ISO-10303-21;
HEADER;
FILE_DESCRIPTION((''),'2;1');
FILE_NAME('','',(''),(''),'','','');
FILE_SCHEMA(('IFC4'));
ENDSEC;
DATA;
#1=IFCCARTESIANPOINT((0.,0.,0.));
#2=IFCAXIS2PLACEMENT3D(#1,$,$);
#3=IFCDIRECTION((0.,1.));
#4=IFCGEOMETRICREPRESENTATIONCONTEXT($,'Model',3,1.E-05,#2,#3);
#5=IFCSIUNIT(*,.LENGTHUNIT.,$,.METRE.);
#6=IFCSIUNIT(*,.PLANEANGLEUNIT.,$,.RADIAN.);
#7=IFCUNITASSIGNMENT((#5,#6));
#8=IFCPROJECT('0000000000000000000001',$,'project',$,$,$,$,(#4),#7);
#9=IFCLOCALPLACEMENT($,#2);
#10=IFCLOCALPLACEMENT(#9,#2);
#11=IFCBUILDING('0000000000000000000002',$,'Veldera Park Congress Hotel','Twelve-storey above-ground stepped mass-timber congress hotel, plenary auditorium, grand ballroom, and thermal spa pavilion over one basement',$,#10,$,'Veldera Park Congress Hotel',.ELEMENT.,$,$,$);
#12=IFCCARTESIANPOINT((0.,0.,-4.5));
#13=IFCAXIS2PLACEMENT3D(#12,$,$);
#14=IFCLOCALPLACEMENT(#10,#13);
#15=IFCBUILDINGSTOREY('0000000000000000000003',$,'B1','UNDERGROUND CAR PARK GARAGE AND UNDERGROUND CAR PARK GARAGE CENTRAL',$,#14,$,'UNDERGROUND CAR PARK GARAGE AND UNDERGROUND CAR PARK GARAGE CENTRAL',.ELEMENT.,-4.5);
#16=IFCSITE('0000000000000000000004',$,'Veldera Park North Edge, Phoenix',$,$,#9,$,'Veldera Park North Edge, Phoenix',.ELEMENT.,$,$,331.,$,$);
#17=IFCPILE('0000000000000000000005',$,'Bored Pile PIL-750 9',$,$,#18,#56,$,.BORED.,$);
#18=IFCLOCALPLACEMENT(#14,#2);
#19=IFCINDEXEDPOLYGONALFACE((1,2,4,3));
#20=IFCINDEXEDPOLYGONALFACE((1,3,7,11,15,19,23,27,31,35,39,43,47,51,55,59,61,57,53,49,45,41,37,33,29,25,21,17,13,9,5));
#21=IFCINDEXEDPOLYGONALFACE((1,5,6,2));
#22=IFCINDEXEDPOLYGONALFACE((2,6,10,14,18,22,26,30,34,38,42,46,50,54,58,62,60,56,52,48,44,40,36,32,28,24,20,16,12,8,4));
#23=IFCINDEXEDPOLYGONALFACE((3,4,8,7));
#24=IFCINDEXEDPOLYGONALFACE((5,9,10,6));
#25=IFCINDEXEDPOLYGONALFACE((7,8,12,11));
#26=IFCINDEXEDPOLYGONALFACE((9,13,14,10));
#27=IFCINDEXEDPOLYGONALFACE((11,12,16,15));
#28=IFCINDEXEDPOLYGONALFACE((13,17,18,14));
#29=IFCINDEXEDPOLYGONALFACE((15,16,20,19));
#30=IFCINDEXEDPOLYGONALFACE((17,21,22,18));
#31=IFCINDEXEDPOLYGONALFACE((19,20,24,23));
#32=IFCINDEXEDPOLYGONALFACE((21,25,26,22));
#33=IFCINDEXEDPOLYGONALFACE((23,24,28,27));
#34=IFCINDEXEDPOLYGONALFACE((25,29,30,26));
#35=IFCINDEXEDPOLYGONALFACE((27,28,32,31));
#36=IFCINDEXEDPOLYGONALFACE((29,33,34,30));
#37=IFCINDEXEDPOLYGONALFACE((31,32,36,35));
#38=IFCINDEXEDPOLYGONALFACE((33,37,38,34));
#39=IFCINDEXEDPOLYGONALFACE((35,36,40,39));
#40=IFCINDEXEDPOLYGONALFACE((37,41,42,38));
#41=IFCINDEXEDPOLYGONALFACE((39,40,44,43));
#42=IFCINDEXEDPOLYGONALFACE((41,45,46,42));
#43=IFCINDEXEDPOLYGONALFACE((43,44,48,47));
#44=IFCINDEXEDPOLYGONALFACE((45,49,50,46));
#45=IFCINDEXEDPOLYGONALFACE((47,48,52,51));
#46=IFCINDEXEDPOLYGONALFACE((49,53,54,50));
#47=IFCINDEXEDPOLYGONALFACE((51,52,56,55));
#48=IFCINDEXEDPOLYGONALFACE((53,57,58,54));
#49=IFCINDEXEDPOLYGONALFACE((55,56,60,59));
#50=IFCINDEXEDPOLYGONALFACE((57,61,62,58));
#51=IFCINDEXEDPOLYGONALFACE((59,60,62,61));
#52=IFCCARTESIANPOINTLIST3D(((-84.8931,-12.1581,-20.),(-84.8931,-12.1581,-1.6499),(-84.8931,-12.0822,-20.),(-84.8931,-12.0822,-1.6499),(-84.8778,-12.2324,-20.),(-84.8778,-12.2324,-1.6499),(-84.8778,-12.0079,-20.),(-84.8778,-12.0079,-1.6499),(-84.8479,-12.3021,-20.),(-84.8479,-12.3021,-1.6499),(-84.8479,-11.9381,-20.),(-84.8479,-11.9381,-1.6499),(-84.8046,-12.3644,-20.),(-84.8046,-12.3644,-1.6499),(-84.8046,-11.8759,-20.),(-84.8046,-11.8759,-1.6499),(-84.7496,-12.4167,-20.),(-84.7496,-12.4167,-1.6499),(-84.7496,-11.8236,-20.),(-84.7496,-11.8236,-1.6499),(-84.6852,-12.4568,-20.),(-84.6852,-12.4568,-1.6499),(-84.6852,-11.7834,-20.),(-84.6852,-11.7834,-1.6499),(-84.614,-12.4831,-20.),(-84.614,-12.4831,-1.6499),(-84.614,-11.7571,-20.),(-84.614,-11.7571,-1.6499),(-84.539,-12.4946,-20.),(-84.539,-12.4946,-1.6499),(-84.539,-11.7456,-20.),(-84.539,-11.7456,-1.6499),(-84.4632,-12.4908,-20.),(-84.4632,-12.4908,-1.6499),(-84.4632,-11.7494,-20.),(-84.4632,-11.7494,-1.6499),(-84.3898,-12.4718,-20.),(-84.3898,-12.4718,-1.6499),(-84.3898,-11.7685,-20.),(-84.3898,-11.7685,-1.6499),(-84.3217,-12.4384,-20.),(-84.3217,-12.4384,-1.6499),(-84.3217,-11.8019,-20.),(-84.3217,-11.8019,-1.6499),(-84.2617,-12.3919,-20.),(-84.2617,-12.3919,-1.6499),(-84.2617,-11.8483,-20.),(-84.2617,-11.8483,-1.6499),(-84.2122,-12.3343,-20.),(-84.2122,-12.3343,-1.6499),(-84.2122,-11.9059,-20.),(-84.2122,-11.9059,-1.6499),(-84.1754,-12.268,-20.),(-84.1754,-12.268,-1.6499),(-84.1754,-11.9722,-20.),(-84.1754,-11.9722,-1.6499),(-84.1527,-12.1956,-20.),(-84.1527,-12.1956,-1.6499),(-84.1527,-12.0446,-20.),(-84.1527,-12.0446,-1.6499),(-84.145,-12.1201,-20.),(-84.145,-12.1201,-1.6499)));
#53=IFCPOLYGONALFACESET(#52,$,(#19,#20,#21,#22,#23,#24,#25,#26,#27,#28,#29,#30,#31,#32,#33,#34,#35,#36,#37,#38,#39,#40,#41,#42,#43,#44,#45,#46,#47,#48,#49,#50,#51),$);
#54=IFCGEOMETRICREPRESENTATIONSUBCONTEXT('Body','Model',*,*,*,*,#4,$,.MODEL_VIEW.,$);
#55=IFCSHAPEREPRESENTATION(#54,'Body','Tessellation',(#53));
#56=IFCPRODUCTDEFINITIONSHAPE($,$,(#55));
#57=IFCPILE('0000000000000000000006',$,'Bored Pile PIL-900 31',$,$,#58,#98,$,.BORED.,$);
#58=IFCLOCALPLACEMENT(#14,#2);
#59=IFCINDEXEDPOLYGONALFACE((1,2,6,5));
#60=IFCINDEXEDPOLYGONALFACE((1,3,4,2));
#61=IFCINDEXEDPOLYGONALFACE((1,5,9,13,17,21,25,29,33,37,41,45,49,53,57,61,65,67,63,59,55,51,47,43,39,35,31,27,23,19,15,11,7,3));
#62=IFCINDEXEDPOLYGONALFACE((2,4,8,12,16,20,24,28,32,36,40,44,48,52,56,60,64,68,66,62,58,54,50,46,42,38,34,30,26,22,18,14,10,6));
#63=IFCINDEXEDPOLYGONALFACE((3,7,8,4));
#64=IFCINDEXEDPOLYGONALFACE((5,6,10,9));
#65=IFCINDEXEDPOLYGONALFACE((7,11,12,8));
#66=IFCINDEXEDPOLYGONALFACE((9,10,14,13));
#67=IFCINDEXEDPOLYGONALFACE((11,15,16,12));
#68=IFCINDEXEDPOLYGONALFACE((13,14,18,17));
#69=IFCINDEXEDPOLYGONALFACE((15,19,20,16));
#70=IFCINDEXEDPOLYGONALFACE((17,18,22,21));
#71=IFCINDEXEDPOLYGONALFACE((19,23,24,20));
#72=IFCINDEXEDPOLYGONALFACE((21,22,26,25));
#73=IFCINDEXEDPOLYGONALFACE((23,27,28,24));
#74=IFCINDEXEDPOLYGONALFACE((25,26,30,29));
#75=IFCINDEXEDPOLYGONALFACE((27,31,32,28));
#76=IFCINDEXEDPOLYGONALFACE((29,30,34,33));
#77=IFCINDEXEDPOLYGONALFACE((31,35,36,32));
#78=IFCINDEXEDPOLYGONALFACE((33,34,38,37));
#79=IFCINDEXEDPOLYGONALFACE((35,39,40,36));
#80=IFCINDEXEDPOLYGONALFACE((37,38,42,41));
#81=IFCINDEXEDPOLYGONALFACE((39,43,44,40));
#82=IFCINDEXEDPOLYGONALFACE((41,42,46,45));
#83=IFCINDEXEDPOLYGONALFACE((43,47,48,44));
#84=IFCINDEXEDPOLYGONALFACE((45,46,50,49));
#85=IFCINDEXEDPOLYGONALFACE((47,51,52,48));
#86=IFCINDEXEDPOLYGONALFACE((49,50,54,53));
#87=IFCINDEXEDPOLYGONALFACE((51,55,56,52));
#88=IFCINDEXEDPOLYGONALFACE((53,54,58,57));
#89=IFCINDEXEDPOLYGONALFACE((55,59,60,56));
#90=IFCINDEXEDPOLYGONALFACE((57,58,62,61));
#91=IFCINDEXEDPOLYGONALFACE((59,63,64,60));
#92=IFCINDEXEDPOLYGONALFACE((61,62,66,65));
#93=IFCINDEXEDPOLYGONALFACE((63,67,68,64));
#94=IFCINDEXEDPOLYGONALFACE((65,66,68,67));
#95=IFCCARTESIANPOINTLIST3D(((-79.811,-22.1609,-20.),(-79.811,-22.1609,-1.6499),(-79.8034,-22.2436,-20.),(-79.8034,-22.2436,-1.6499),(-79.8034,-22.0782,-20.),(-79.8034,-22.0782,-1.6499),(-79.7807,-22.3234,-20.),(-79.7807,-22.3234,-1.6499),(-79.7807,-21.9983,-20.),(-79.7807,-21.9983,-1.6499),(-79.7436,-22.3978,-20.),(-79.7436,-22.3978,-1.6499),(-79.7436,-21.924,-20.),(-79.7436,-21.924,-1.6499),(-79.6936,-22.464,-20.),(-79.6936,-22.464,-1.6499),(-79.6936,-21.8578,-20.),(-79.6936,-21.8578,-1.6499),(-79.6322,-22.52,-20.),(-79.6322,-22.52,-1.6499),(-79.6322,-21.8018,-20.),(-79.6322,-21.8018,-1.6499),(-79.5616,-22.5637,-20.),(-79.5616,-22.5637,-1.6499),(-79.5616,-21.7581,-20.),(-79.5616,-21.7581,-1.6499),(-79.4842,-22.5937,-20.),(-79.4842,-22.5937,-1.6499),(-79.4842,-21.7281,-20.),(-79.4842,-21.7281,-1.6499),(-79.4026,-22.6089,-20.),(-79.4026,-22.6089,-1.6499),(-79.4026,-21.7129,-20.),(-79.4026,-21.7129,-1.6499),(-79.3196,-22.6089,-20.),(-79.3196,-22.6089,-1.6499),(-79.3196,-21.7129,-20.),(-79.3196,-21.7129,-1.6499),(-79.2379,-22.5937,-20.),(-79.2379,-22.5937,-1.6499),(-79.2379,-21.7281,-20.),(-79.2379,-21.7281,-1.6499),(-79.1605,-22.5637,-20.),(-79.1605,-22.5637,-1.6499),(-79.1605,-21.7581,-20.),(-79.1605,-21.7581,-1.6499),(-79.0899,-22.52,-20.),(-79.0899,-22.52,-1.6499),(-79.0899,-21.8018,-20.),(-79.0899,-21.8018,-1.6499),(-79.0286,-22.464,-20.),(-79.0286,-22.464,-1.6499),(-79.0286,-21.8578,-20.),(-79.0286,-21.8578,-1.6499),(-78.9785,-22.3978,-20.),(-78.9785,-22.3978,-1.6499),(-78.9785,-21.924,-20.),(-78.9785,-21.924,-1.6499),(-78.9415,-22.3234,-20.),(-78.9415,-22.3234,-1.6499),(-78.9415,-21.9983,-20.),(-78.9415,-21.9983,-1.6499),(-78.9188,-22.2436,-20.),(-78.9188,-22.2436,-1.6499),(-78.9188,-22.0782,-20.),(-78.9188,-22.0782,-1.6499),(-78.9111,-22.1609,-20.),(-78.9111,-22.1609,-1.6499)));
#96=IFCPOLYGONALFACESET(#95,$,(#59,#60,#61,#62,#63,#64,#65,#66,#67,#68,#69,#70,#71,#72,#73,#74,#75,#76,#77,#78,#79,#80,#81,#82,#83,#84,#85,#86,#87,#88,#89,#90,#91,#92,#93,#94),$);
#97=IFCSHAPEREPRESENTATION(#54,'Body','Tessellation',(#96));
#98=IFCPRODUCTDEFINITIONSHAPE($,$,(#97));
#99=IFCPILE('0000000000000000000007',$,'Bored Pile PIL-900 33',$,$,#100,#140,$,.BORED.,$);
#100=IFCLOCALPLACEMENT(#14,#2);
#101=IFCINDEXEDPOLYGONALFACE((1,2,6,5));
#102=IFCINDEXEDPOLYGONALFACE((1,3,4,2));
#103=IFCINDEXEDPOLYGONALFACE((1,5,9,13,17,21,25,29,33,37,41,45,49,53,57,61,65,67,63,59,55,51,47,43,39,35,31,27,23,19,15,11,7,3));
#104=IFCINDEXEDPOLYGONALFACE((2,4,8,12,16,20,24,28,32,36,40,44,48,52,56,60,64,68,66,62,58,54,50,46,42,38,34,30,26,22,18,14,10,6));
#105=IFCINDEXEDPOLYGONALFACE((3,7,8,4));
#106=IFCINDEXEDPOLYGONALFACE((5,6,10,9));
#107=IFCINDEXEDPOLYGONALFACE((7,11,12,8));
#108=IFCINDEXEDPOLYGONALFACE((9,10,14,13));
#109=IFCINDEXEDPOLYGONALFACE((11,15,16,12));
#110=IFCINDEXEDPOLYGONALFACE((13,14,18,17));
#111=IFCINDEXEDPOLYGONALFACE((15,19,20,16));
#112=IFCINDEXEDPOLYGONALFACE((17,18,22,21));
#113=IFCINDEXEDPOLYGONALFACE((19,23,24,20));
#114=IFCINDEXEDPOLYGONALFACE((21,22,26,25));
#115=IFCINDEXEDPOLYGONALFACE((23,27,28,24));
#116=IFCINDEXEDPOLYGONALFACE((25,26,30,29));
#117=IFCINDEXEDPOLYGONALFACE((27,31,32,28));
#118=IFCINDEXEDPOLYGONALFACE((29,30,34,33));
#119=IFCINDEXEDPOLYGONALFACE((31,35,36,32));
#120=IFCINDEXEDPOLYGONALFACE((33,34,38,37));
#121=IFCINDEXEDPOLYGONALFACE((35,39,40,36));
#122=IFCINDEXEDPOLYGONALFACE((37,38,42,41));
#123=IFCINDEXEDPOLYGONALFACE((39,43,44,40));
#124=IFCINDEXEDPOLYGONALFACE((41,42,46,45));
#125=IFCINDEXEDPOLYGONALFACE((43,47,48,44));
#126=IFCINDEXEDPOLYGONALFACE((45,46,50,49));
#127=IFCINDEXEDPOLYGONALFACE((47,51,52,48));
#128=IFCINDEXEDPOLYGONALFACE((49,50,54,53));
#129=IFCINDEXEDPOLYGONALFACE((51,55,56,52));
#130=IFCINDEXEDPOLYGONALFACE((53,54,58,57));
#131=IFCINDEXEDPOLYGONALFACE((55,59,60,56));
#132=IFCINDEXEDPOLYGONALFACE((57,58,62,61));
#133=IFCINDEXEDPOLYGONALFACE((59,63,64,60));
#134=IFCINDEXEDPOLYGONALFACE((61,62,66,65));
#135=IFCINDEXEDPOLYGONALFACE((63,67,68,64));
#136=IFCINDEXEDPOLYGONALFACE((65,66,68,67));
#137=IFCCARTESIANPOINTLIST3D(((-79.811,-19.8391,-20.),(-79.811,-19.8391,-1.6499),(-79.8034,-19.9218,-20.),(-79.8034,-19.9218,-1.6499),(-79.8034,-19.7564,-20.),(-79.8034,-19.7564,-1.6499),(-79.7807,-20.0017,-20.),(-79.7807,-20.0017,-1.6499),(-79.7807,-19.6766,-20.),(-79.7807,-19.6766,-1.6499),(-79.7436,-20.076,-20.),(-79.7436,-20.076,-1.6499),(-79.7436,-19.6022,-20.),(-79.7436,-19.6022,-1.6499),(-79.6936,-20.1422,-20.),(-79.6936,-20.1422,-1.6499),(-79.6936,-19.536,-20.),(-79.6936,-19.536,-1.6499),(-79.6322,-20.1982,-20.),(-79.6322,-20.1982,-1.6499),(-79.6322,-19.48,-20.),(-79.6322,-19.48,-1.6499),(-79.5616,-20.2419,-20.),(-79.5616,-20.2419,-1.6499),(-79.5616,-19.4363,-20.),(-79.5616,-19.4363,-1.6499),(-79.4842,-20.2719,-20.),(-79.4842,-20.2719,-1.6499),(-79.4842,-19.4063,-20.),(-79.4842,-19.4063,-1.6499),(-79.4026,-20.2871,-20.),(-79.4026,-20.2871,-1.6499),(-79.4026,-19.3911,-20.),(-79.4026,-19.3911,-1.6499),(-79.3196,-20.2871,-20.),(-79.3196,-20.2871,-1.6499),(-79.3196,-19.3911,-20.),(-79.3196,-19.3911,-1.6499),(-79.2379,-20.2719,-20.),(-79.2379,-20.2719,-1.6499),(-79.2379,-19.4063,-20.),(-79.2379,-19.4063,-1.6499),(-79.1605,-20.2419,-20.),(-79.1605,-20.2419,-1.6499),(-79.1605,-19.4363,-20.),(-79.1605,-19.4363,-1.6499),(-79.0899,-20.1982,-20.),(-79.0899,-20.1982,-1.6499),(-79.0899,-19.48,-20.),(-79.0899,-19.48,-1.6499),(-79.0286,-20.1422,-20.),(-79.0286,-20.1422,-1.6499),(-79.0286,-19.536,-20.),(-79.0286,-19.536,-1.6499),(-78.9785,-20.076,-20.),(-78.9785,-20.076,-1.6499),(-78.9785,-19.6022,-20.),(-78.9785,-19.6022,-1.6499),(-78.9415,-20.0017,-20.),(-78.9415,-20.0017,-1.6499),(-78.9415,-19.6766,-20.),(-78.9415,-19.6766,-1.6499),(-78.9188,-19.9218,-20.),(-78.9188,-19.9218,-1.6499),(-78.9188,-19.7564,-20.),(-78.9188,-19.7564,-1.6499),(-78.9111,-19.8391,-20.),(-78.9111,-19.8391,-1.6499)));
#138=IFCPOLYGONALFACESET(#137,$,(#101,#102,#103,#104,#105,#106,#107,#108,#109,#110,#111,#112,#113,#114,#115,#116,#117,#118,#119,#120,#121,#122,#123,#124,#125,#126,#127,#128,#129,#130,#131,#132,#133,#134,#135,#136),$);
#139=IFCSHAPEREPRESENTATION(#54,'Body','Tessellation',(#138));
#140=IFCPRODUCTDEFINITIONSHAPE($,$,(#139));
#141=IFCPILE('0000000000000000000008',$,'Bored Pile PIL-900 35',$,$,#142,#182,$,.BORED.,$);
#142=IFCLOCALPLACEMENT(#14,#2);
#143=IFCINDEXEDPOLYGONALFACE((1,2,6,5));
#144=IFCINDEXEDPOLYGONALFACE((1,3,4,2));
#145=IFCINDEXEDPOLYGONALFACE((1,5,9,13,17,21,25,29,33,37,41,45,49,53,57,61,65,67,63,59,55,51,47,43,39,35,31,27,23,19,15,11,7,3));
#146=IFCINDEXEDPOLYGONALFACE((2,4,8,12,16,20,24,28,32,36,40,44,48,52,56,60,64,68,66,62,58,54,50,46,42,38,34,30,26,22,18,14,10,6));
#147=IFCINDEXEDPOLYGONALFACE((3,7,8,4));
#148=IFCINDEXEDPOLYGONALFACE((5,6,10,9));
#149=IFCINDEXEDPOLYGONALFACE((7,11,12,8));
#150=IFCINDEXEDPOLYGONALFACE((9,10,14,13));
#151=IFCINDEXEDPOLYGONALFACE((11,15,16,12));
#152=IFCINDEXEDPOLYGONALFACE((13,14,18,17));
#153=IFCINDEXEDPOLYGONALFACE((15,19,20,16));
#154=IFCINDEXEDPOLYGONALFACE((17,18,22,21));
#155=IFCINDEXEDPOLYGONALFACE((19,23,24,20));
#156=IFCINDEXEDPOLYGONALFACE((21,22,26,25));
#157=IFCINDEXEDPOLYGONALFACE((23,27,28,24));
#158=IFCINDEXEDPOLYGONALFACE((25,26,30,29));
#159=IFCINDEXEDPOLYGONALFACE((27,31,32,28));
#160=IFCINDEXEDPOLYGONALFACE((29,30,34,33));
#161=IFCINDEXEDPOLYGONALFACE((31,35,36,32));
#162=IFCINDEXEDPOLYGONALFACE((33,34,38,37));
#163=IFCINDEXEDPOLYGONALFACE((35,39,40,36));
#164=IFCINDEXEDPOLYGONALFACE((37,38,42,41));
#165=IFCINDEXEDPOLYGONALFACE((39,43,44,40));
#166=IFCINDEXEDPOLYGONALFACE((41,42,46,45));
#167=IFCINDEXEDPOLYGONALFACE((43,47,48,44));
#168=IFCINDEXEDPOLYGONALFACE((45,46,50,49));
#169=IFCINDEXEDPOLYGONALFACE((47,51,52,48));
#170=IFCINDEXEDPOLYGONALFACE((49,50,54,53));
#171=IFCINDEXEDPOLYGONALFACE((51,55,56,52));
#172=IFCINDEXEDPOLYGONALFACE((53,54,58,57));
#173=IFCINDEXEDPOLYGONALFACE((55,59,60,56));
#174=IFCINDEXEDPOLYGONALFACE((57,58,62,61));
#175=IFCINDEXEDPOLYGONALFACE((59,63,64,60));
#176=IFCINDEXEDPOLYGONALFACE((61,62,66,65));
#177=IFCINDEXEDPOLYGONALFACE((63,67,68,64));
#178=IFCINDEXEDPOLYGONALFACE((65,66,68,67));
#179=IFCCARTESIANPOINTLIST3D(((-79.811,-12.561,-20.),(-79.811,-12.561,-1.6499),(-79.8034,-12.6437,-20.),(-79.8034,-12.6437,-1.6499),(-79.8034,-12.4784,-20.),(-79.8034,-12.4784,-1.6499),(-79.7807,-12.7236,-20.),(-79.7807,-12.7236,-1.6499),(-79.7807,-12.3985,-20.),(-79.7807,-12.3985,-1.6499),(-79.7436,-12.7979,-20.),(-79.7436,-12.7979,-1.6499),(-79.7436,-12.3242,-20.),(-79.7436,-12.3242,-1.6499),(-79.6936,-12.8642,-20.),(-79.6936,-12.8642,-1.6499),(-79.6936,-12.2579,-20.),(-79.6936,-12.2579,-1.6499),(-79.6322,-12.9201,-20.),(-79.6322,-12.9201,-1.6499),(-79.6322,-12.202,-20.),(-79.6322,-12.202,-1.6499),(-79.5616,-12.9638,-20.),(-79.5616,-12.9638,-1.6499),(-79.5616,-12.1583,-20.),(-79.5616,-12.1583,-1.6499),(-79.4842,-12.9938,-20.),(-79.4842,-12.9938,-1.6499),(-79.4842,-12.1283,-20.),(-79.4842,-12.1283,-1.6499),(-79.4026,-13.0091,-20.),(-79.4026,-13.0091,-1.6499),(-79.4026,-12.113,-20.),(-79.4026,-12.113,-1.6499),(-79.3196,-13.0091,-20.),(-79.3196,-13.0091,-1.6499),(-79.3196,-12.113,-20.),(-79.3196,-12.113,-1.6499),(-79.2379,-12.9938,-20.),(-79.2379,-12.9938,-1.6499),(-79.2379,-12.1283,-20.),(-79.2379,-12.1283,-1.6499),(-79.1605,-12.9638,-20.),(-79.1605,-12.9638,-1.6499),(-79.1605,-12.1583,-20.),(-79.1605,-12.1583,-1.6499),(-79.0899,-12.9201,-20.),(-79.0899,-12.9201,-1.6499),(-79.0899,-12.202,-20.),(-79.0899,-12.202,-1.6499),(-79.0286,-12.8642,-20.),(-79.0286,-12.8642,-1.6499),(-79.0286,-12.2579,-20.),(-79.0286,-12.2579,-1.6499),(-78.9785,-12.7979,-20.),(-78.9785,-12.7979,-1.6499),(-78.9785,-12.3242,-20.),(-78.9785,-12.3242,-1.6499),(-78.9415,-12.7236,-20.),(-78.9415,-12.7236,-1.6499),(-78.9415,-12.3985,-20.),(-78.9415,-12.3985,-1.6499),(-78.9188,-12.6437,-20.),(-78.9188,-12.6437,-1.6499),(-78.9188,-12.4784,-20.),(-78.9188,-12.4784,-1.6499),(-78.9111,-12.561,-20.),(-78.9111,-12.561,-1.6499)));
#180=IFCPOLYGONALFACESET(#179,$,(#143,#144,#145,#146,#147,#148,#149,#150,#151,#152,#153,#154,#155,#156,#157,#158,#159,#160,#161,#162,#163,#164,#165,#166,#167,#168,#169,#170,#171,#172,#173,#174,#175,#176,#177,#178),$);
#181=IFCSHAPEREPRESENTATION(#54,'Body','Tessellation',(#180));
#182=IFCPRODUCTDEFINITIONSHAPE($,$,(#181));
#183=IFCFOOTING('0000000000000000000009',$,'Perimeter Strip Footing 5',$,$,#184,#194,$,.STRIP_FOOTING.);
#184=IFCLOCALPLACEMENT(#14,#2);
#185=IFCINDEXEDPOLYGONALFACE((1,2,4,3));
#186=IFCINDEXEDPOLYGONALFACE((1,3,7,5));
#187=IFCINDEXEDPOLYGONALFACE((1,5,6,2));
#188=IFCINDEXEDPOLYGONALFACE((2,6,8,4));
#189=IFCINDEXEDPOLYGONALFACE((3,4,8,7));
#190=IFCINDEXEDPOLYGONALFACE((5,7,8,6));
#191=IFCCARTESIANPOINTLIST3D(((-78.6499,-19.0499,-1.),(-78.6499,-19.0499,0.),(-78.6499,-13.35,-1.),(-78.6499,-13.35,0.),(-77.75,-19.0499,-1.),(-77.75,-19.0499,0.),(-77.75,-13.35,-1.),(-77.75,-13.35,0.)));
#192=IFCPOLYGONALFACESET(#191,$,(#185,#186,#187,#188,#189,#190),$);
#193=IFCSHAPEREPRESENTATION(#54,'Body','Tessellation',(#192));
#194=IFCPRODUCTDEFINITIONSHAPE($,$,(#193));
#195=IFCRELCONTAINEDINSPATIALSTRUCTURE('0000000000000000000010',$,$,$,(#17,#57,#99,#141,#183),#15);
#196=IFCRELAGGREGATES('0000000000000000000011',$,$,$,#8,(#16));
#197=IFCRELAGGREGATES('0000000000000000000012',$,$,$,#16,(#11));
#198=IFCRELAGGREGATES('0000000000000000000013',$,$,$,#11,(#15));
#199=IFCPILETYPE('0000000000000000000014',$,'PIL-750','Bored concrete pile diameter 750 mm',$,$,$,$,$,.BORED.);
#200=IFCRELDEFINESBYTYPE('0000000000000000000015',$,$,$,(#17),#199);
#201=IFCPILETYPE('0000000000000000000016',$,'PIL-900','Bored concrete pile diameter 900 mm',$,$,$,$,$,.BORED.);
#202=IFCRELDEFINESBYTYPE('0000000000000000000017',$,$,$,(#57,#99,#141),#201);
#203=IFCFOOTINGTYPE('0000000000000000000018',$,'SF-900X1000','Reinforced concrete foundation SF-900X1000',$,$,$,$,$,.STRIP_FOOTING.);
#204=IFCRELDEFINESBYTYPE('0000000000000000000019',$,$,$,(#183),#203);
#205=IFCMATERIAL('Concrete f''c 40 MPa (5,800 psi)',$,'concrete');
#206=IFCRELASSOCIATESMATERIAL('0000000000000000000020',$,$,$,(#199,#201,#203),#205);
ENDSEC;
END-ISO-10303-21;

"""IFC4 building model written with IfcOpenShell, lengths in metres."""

from ifc_helpers import new_model, si_unit, direction, frame, origin, origin_2d, place, context, subcontext, project, spatial, rectangle, circle, extrude, material, material_profile, profile_set, type_object, element, save


model = new_model("IFC4")

# Units and contexts
model_context = context("Model", 3, precision=1e-05, world=origin(), true_north=direction((0.0, 1.0)))
body_context = subcontext(model_context, "Body", "Model", "MODEL_VIEW")
ifc_project = project(units=[si_unit("LENGTHUNIT", "METRE"), si_unit("PLANEANGLEUNIT", "RADIAN")], contexts=[model_context])

# Site, building, storey
site_placement = place(None, origin())
site = spatial("IfcSite", under=ifc_project, at=site_placement, Name="Veldera Park North Edge, Phoenix", LongName="Veldera Park North Edge, Phoenix", CompositionType="ELEMENT", RefElevation=331.0)
building_placement = place(site_placement, origin())
building = spatial("IfcBuilding", under=site, at=building_placement, Name="Veldera Park Congress Hotel", Description="Twelve-storey above-ground stepped mass-timber congress hotel, plenary auditorium, grand ballroom, and thermal spa pavilion over one basement", LongName="Veldera Park Congress Hotel", CompositionType="ELEMENT")
storey_placement = place(building_placement, frame((0.0, 0.0, -4.5)))
storey = spatial("IfcBuildingStorey", under=building, at=storey_placement, Name="B1", Description="UNDERGROUND CAR PARK GARAGE AND UNDERGROUND CAR PARK GARAGE CENTRAL", LongName="UNDERGROUND CAR PARK GARAGE AND UNDERGROUND CAR PARK GARAGE CENTRAL", CompositionType="ELEMENT", Elevation=-4.5)

# Shared definitions
ifc_material_1 = material(Name="Concrete f'c 40 MPa (5,800 psi)", Category="concrete")

# Piles
ifc_material_profile_1 = material_profile(ifc_material_1, circle(Radius=0.375, at=origin_2d()), Name="PILE D750")
ifc_profile_set_1 = profile_set([ifc_material_profile_1], Name="Concrete f'c 40 MPa (5,800 psi)")
pile_type_1 = type_object("IfcPileType", Name="PIL-750", Description="Bored concrete pile diameter 750 mm", PredefinedType="BORED", material=ifc_profile_set_1)
for number, where, z_axis, x_axis, name in (
    (1, (-84.52, -12.1201, -1.6499), (0.0, 0.0, -1.0), (1.0, 0.0, 0.0), "Bored Pile PIL-750 9"),
):
    element("IfcPile", number, at=place(storey_placement, frame(where, z_axis=z_axis, x_axis=x_axis)), inside=storey, type_object=pile_type_1, Name=name, PredefinedType="BORED", context=body_context, shape_type="SweptSolid", body=[
        extrude(circle(Radius=0.375, at=origin_2d()), origin(), (0.0, 0.0, 1.0), 18.3501),
    ])
ifc_material_profile_2 = material_profile(ifc_material_1, circle(Radius=0.45, at=origin_2d()), Name="PILE D900")
ifc_profile_set_2 = profile_set([ifc_material_profile_2], Name="Concrete f'c 40 MPa (5,800 psi)")
pile_type_2 = type_object("IfcPileType", Name="PIL-900", Description="Bored concrete pile diameter 900 mm", PredefinedType="BORED", material=ifc_profile_set_2)
for number, where, z_axis, x_axis, name in (
    (2, (-79.3611, -22.1609, -1.6499), (0.0, 0.0, -1.0), (1.0, 0.0, 0.0), "Bored Pile PIL-900 31"),
    (3, (-79.3611, -19.8391, -1.6499), (0.0, 0.0, -1.0), (1.0, 0.0, 0.0), "Bored Pile PIL-900 33"),
    (4, (-79.3611, -12.561, -1.6499), (0.0, 0.0, -1.0), (1.0, 0.0, 0.0), "Bored Pile PIL-900 35"),
):
    element("IfcPile", number, at=place(storey_placement, frame(where, z_axis=z_axis, x_axis=x_axis)), inside=storey, type_object=pile_type_2, Name=name, PredefinedType="BORED", context=body_context, shape_type="SweptSolid", body=[
        extrude(circle(Radius=0.45, at=origin_2d()), origin(), (0.0, 0.0, 1.0), 18.3501),
    ])

# Footing
footing_type_1 = type_object("IfcFootingType", Name="SF-900X1000", Description="Reinforced concrete foundation SF-900X1000", PredefinedType="STRIP_FOOTING", material=ifc_material_1)
footing_1_placement = place(storey_placement, frame((-78.2, -16.2, -1.0), z_axis=(0.0, 0.0, 1.0), x_axis=(0.0, 1.0, 0.0)))
element("IfcFooting", 5, at=footing_1_placement, inside=storey, type_object=footing_type_1, Name="Perimeter Strip Footing 5", PredefinedType="STRIP_FOOTING", context=body_context, shape_type="SweptSolid", body=[
    extrude(rectangle(XDim=5.7, YDim=0.8999, at=origin_2d()), origin(), (0.0, 0.0, 1.0), 1.0),
])

save(model, "model.ifc")
